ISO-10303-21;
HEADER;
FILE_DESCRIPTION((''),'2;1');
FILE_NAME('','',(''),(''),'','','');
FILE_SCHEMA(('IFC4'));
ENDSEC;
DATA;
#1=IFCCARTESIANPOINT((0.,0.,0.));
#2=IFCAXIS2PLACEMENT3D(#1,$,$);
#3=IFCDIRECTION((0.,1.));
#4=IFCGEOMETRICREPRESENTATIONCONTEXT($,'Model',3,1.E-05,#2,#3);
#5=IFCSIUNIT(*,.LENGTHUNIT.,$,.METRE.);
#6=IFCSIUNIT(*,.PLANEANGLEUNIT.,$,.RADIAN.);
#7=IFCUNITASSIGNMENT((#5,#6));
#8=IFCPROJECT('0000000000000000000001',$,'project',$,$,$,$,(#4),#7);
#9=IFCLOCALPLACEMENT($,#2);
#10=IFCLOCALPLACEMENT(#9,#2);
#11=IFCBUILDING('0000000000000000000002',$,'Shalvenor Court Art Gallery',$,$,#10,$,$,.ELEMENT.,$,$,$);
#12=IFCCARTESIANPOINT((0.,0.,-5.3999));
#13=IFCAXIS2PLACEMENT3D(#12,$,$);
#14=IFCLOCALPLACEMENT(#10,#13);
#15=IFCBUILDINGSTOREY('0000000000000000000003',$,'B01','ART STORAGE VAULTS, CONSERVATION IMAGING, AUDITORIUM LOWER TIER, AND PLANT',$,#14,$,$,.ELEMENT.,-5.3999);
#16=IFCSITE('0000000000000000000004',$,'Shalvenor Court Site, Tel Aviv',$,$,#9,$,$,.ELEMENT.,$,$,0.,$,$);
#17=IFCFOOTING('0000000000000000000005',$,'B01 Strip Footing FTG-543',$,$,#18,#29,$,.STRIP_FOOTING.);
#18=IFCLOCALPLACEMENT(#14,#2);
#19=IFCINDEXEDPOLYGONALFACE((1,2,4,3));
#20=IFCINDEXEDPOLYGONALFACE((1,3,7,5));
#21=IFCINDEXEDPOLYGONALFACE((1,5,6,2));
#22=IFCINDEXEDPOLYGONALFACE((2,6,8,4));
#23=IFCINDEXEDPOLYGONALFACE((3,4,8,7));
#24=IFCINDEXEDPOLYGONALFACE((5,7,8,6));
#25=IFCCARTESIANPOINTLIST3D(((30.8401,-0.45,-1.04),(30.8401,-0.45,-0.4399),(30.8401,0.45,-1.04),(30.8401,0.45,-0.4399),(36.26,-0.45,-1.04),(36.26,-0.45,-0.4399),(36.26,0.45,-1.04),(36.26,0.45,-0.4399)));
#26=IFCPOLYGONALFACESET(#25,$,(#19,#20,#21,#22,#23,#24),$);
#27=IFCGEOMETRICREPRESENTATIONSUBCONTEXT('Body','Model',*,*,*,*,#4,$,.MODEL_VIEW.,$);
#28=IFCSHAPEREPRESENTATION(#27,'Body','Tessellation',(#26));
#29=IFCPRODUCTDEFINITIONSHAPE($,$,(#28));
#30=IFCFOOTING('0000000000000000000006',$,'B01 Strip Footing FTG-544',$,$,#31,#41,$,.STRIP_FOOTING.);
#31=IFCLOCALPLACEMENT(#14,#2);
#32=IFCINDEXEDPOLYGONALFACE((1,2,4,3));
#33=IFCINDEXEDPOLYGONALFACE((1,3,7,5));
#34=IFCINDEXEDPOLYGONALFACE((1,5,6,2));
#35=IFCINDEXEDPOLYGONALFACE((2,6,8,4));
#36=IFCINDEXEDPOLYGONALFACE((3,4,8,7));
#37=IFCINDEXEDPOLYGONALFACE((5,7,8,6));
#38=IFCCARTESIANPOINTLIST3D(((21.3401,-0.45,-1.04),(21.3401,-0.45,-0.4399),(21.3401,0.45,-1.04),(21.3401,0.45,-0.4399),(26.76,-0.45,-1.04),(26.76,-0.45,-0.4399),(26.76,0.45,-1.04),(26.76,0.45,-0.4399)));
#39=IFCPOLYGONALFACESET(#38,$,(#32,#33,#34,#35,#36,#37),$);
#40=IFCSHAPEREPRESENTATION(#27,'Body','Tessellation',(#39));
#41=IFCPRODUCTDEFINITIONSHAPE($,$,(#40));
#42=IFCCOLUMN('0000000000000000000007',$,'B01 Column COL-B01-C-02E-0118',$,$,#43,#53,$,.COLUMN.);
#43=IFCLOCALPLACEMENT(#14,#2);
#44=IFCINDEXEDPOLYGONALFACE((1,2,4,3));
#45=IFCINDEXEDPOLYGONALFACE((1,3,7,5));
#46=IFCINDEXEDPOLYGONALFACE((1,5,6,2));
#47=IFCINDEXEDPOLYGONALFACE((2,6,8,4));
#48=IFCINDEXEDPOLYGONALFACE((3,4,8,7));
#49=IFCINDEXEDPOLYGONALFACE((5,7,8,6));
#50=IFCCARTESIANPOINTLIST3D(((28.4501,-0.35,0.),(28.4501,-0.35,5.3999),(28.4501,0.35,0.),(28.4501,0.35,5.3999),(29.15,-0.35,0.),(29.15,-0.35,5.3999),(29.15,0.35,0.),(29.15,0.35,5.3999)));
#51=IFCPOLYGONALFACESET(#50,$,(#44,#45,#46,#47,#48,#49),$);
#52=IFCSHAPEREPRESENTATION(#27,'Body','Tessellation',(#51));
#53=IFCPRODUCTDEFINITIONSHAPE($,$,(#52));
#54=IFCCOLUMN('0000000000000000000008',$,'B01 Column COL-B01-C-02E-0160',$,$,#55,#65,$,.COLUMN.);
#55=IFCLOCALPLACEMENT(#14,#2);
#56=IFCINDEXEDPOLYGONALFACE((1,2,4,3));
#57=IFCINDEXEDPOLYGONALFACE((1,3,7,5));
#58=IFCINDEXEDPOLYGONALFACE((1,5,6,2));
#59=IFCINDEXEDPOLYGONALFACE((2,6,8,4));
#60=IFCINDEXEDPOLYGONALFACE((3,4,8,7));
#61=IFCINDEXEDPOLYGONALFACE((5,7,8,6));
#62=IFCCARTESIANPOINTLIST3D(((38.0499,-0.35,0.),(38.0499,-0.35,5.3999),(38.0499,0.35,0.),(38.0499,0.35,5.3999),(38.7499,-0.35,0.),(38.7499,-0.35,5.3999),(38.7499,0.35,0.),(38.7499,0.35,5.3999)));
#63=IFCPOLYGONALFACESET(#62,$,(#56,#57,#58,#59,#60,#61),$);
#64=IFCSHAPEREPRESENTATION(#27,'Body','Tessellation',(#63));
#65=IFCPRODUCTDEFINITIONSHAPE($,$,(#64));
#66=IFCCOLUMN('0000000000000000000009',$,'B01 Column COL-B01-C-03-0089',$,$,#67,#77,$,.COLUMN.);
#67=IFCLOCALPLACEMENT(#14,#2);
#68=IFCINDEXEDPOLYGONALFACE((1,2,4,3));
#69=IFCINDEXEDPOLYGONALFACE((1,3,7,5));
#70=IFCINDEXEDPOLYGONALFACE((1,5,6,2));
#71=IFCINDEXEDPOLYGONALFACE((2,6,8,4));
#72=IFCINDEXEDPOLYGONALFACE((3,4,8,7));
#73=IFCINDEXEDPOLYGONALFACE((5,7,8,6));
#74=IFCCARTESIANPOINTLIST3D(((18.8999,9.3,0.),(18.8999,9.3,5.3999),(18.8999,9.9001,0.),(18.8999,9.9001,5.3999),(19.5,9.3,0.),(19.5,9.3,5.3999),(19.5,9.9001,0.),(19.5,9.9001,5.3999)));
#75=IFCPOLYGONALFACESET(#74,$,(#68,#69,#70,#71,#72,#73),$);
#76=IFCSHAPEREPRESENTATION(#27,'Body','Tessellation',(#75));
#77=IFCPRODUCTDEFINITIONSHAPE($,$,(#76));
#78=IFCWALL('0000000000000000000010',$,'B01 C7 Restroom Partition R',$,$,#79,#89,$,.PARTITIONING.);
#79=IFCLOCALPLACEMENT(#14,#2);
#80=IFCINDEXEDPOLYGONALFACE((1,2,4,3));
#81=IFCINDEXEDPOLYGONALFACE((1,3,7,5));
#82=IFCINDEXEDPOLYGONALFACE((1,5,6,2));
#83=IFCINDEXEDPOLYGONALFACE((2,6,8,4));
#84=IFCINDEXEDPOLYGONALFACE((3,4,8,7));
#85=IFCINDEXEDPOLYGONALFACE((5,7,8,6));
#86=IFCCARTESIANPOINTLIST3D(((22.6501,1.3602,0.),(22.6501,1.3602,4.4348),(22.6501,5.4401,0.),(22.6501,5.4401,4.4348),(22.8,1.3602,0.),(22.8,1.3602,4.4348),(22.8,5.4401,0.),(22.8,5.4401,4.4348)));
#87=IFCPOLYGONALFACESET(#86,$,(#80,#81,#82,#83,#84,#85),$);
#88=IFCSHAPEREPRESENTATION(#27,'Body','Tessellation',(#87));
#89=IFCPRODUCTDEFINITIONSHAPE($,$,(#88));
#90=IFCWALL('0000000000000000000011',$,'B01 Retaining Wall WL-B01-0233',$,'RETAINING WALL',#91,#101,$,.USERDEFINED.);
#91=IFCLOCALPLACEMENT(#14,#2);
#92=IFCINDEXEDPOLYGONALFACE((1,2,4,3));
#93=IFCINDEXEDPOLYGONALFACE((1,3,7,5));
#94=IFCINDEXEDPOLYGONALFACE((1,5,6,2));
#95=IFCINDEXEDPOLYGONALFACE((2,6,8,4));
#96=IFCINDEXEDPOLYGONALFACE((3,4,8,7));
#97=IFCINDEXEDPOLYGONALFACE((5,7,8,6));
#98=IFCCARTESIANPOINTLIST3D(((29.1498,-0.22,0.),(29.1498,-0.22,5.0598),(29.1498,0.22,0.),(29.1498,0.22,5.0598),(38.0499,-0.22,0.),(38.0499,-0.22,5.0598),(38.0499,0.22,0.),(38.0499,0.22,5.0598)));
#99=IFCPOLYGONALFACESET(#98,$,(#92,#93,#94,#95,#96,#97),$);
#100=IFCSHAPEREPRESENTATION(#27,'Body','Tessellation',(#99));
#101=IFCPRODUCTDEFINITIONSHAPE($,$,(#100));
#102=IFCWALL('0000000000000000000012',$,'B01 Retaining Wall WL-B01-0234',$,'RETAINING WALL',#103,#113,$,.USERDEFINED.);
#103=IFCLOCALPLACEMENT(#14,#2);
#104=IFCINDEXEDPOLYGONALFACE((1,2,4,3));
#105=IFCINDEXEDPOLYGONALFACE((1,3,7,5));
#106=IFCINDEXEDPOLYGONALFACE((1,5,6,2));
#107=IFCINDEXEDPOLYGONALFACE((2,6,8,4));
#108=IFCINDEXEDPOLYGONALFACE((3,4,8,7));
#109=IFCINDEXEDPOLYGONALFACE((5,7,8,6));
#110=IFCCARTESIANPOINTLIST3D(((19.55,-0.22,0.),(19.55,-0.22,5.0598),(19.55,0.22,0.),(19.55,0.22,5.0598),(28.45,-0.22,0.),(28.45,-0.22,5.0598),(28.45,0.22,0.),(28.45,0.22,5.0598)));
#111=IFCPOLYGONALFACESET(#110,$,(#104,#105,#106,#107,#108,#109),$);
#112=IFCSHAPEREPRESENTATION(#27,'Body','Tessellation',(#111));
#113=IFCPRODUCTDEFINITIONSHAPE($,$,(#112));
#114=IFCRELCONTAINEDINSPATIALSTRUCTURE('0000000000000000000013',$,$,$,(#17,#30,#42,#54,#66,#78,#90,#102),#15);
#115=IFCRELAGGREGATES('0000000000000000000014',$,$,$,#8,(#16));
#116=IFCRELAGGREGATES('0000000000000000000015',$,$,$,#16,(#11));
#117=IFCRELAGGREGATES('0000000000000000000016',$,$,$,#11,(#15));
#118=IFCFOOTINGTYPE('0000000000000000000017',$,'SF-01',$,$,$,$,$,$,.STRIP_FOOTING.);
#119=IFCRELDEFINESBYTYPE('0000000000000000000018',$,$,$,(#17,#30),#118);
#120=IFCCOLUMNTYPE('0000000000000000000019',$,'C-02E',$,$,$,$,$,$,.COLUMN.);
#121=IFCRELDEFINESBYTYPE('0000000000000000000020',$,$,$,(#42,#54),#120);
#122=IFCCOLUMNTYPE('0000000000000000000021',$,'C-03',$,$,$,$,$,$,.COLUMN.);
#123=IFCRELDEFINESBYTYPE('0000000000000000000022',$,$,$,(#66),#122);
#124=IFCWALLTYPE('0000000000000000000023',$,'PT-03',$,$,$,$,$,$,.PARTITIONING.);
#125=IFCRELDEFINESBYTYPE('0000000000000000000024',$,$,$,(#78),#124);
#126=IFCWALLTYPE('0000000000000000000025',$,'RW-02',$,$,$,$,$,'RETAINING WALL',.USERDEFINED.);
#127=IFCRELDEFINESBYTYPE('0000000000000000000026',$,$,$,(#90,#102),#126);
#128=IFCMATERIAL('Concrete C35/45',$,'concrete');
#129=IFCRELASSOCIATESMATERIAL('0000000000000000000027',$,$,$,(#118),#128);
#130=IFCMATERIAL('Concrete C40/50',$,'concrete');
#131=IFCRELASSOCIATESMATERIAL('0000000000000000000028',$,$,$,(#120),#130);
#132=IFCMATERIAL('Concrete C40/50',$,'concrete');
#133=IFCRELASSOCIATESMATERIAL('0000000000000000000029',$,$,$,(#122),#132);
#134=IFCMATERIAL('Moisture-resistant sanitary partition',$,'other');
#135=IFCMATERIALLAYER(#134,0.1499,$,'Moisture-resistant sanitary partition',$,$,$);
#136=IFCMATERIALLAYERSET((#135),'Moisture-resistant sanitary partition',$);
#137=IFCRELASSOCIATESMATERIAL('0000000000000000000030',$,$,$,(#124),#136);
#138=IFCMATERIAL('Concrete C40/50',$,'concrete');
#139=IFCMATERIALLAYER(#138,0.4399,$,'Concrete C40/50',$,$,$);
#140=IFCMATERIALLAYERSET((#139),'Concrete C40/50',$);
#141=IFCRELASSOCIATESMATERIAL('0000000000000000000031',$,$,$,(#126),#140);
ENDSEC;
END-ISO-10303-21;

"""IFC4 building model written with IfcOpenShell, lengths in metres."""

from ifc_helpers import new_model, si_unit, direction, frame, frame_2d, origin, origin_2d, place, context, subcontext, project, spatial, rectangle, extrude, material, layer, layer_set, material_profile, profile_set, type_object, element, save


model = new_model("IFC4")

# Units and contexts
model_context = context("Model", 3, precision=1e-05, world=origin(), true_north=direction((0.0, 1.0)))
body_context = subcontext(model_context, "Body", "Model", "MODEL_VIEW")
ifc_project = project(units=[si_unit("LENGTHUNIT", "METRE"), si_unit("PLANEANGLEUNIT", "RADIAN")], contexts=[model_context])

# Site, building, storey
site_placement = place(None, origin())
site = spatial("IfcSite", under=ifc_project, at=site_placement, Name="Shalvenor Court Site, Tel Aviv", CompositionType="ELEMENT", RefElevation=0.0)
building_placement = place(site_placement, origin())
building = spatial("IfcBuilding", under=site, at=building_placement, Name="Shalvenor Court Art Gallery", CompositionType="ELEMENT")
storey_placement = place(building_placement, frame((0.0, 0.0, -5.3999)))
storey = spatial("IfcBuildingStorey", under=building, at=storey_placement, Name="B01", Description="ART STORAGE VAULTS, CONSERVATION IMAGING, AUDITORIUM LOWER TIER, AND PLANT", CompositionType="ELEMENT", Elevation=-5.3999)

# Footings
ifc_material_1 = material(Name="Concrete C35/45", Category="concrete")
footing_type_1 = type_object("IfcFootingType", Name="SF-01", PredefinedType="STRIP_FOOTING", material=ifc_material_1)
for number, where, z_axis, x_axis, name in (
    (1, (33.55, 0.0, -1.04), (0.0, 0.0, 1.0), (1.0, 0.0, 0.0), "B01 Strip Footing FTG-543"),
    (2, (24.05, 0.0, -1.04), (0.0, 0.0, 1.0), (1.0, 0.0, 0.0), "B01 Strip Footing FTG-544"),
):
    element("IfcFooting", number, at=place(storey_placement, frame(where, z_axis=z_axis, x_axis=x_axis)), inside=storey, type_object=footing_type_1, Name=name, PredefinedType="STRIP_FOOTING", context=body_context, shape_type="SweptSolid", body=[
        extrude(rectangle(XDim=5.4199, YDim=0.8999, at=origin_2d()), origin(), (0.0, 0.0, 1.0), 0.6001),
    ])

# Columns
ifc_material_2 = material(Name="Concrete C40/50", Category="concrete")
ifc_material_profile_1 = material_profile(ifc_material_2, rectangle(XDim=0.7, YDim=0.7, at=origin_2d()), Name="RC 700x700")
ifc_profile_set_1 = profile_set([ifc_material_profile_1], Name="Concrete C40/50")
column_type_1 = type_object("IfcColumnType", Name="C-02E", PredefinedType="COLUMN", material=ifc_profile_set_1)
for number, where, z_axis, x_axis, name in (
    (3, (28.8, 0.0, 0.0), (0.0, 0.0, 1.0), (1.0, 0.0, 0.0), "B01 Column COL-B01-C-02E-0118"),
    (4, (38.3999, 0.0, 0.0), (0.0, 0.0, 1.0), (1.0, 0.0, 0.0), "B01 Column COL-B01-C-02E-0160"),
):
    element("IfcColumn", number, at=place(storey_placement, frame(where, z_axis=z_axis, x_axis=x_axis)), inside=storey, type_object=column_type_1, Name=name, PredefinedType="COLUMN", context=body_context, shape_type="SweptSolid", body=[
        extrude(rectangle(XDim=0.7, YDim=0.7, at=origin_2d()), origin(), (0.0, 0.0, 1.0), 5.3999),
    ])
ifc_material_3 = material(Name="Concrete C40/50", Category="concrete")
ifc_material_profile_2 = material_profile(ifc_material_3, rectangle(XDim=0.6001, YDim=0.6001, at=origin_2d()), Name="RC 600x600")
ifc_profile_set_2 = profile_set([ifc_material_profile_2], Name="Concrete C40/50")
column_type_2 = type_object("IfcColumnType", Name="C-03", PredefinedType="COLUMN", material=ifc_profile_set_2)
column_placement = place(storey_placement, frame((19.2, 9.6001, 0.0), z_axis=(0.0, 0.0, 1.0), x_axis=(1.0, 0.0, 0.0)))
element("IfcColumn", 5, at=column_placement, inside=storey, type_object=column_type_2, Name="B01 Column COL-B01-C-03-0089", PredefinedType="COLUMN", context=body_context, shape_type="SweptSolid", body=[
    extrude(rectangle(XDim=0.6001, YDim=0.6001, at=origin_2d()), origin(), (0.0, 0.0, 1.0), 5.3999),
])

# Walls
ifc_material_4 = material(Name="Moisture-resistant sanitary partition", Category="other")
ifc_layer_1 = layer(ifc_material_4, 0.1499, Name="Moisture-resistant sanitary partition")
ifc_layer_set_1 = layer_set([ifc_layer_1], Name="Moisture-resistant sanitary partition")
wall_type_1 = type_object("IfcWallType", Name="PT-03", PredefinedType="PARTITIONING", material=ifc_layer_set_1)
wall_1_placement = place(storey_placement, frame((22.7251, 1.3601, 0.0), z_axis=(0.0, 0.0, 1.0), x_axis=(0.0, 1.0, 0.0)))
element("IfcWall", 6, at=wall_1_placement, inside=storey, type_object=wall_type_1, Name="B01 C7 Restroom Partition R", PredefinedType="PARTITIONING", context=body_context, shape_type="SweptSolid", body=[
    extrude(rectangle(XDim=4.0798, YDim=0.1499, at=frame_2d((2.04, 0.0))), origin(), (0.0, 0.0, 1.0), 4.4348),
])
ifc_material_5 = material(Name="Concrete C40/50", Category="concrete")
ifc_layer_2 = layer(ifc_material_5, 0.4399, Name="Concrete C40/50")
ifc_layer_set_2 = layer_set([ifc_layer_2], Name="Concrete C40/50")
wall_type_2 = type_object("IfcWallType", Name="RW-02", ElementType="RETAINING WALL", PredefinedType="USERDEFINED", material=ifc_layer_set_2)
wall_2_placement = place(storey_placement, frame((38.05, 0.0, 0.0), z_axis=(0.0, 0.0, 1.0), x_axis=(-1.0, 0.0, 0.0)))
element("IfcWall", 7, at=wall_2_placement, inside=storey, type_object=wall_type_2, Name="B01 Retaining Wall WL-B01-0233", ObjectType="RETAINING WALL", PredefinedType="USERDEFINED", context=body_context, shape_type="SweptSolid", body=[
    extrude(rectangle(XDim=8.9001, YDim=0.4399, at=frame_2d((4.4502, 0.0))), origin(), (0.0, 0.0, 1.0), 5.0598),
])
wall_3_placement = place(storey_placement, frame((28.45, 0.0, 0.0), z_axis=(0.0, 0.0, 1.0), x_axis=(-1.0, 0.0, 0.0)))
element("IfcWall", 8, at=wall_3_placement, inside=storey, type_object=wall_type_2, Name="B01 Retaining Wall WL-B01-0234", ObjectType="RETAINING WALL", PredefinedType="USERDEFINED", context=body_context, shape_type="SweptSolid", body=[
    extrude(rectangle(XDim=8.8999, YDim=0.4399, at=frame_2d((4.45, 0.0))), origin(), (0.0, 0.0, 1.0), 5.0598),
])

save(model, "model.ifc")
